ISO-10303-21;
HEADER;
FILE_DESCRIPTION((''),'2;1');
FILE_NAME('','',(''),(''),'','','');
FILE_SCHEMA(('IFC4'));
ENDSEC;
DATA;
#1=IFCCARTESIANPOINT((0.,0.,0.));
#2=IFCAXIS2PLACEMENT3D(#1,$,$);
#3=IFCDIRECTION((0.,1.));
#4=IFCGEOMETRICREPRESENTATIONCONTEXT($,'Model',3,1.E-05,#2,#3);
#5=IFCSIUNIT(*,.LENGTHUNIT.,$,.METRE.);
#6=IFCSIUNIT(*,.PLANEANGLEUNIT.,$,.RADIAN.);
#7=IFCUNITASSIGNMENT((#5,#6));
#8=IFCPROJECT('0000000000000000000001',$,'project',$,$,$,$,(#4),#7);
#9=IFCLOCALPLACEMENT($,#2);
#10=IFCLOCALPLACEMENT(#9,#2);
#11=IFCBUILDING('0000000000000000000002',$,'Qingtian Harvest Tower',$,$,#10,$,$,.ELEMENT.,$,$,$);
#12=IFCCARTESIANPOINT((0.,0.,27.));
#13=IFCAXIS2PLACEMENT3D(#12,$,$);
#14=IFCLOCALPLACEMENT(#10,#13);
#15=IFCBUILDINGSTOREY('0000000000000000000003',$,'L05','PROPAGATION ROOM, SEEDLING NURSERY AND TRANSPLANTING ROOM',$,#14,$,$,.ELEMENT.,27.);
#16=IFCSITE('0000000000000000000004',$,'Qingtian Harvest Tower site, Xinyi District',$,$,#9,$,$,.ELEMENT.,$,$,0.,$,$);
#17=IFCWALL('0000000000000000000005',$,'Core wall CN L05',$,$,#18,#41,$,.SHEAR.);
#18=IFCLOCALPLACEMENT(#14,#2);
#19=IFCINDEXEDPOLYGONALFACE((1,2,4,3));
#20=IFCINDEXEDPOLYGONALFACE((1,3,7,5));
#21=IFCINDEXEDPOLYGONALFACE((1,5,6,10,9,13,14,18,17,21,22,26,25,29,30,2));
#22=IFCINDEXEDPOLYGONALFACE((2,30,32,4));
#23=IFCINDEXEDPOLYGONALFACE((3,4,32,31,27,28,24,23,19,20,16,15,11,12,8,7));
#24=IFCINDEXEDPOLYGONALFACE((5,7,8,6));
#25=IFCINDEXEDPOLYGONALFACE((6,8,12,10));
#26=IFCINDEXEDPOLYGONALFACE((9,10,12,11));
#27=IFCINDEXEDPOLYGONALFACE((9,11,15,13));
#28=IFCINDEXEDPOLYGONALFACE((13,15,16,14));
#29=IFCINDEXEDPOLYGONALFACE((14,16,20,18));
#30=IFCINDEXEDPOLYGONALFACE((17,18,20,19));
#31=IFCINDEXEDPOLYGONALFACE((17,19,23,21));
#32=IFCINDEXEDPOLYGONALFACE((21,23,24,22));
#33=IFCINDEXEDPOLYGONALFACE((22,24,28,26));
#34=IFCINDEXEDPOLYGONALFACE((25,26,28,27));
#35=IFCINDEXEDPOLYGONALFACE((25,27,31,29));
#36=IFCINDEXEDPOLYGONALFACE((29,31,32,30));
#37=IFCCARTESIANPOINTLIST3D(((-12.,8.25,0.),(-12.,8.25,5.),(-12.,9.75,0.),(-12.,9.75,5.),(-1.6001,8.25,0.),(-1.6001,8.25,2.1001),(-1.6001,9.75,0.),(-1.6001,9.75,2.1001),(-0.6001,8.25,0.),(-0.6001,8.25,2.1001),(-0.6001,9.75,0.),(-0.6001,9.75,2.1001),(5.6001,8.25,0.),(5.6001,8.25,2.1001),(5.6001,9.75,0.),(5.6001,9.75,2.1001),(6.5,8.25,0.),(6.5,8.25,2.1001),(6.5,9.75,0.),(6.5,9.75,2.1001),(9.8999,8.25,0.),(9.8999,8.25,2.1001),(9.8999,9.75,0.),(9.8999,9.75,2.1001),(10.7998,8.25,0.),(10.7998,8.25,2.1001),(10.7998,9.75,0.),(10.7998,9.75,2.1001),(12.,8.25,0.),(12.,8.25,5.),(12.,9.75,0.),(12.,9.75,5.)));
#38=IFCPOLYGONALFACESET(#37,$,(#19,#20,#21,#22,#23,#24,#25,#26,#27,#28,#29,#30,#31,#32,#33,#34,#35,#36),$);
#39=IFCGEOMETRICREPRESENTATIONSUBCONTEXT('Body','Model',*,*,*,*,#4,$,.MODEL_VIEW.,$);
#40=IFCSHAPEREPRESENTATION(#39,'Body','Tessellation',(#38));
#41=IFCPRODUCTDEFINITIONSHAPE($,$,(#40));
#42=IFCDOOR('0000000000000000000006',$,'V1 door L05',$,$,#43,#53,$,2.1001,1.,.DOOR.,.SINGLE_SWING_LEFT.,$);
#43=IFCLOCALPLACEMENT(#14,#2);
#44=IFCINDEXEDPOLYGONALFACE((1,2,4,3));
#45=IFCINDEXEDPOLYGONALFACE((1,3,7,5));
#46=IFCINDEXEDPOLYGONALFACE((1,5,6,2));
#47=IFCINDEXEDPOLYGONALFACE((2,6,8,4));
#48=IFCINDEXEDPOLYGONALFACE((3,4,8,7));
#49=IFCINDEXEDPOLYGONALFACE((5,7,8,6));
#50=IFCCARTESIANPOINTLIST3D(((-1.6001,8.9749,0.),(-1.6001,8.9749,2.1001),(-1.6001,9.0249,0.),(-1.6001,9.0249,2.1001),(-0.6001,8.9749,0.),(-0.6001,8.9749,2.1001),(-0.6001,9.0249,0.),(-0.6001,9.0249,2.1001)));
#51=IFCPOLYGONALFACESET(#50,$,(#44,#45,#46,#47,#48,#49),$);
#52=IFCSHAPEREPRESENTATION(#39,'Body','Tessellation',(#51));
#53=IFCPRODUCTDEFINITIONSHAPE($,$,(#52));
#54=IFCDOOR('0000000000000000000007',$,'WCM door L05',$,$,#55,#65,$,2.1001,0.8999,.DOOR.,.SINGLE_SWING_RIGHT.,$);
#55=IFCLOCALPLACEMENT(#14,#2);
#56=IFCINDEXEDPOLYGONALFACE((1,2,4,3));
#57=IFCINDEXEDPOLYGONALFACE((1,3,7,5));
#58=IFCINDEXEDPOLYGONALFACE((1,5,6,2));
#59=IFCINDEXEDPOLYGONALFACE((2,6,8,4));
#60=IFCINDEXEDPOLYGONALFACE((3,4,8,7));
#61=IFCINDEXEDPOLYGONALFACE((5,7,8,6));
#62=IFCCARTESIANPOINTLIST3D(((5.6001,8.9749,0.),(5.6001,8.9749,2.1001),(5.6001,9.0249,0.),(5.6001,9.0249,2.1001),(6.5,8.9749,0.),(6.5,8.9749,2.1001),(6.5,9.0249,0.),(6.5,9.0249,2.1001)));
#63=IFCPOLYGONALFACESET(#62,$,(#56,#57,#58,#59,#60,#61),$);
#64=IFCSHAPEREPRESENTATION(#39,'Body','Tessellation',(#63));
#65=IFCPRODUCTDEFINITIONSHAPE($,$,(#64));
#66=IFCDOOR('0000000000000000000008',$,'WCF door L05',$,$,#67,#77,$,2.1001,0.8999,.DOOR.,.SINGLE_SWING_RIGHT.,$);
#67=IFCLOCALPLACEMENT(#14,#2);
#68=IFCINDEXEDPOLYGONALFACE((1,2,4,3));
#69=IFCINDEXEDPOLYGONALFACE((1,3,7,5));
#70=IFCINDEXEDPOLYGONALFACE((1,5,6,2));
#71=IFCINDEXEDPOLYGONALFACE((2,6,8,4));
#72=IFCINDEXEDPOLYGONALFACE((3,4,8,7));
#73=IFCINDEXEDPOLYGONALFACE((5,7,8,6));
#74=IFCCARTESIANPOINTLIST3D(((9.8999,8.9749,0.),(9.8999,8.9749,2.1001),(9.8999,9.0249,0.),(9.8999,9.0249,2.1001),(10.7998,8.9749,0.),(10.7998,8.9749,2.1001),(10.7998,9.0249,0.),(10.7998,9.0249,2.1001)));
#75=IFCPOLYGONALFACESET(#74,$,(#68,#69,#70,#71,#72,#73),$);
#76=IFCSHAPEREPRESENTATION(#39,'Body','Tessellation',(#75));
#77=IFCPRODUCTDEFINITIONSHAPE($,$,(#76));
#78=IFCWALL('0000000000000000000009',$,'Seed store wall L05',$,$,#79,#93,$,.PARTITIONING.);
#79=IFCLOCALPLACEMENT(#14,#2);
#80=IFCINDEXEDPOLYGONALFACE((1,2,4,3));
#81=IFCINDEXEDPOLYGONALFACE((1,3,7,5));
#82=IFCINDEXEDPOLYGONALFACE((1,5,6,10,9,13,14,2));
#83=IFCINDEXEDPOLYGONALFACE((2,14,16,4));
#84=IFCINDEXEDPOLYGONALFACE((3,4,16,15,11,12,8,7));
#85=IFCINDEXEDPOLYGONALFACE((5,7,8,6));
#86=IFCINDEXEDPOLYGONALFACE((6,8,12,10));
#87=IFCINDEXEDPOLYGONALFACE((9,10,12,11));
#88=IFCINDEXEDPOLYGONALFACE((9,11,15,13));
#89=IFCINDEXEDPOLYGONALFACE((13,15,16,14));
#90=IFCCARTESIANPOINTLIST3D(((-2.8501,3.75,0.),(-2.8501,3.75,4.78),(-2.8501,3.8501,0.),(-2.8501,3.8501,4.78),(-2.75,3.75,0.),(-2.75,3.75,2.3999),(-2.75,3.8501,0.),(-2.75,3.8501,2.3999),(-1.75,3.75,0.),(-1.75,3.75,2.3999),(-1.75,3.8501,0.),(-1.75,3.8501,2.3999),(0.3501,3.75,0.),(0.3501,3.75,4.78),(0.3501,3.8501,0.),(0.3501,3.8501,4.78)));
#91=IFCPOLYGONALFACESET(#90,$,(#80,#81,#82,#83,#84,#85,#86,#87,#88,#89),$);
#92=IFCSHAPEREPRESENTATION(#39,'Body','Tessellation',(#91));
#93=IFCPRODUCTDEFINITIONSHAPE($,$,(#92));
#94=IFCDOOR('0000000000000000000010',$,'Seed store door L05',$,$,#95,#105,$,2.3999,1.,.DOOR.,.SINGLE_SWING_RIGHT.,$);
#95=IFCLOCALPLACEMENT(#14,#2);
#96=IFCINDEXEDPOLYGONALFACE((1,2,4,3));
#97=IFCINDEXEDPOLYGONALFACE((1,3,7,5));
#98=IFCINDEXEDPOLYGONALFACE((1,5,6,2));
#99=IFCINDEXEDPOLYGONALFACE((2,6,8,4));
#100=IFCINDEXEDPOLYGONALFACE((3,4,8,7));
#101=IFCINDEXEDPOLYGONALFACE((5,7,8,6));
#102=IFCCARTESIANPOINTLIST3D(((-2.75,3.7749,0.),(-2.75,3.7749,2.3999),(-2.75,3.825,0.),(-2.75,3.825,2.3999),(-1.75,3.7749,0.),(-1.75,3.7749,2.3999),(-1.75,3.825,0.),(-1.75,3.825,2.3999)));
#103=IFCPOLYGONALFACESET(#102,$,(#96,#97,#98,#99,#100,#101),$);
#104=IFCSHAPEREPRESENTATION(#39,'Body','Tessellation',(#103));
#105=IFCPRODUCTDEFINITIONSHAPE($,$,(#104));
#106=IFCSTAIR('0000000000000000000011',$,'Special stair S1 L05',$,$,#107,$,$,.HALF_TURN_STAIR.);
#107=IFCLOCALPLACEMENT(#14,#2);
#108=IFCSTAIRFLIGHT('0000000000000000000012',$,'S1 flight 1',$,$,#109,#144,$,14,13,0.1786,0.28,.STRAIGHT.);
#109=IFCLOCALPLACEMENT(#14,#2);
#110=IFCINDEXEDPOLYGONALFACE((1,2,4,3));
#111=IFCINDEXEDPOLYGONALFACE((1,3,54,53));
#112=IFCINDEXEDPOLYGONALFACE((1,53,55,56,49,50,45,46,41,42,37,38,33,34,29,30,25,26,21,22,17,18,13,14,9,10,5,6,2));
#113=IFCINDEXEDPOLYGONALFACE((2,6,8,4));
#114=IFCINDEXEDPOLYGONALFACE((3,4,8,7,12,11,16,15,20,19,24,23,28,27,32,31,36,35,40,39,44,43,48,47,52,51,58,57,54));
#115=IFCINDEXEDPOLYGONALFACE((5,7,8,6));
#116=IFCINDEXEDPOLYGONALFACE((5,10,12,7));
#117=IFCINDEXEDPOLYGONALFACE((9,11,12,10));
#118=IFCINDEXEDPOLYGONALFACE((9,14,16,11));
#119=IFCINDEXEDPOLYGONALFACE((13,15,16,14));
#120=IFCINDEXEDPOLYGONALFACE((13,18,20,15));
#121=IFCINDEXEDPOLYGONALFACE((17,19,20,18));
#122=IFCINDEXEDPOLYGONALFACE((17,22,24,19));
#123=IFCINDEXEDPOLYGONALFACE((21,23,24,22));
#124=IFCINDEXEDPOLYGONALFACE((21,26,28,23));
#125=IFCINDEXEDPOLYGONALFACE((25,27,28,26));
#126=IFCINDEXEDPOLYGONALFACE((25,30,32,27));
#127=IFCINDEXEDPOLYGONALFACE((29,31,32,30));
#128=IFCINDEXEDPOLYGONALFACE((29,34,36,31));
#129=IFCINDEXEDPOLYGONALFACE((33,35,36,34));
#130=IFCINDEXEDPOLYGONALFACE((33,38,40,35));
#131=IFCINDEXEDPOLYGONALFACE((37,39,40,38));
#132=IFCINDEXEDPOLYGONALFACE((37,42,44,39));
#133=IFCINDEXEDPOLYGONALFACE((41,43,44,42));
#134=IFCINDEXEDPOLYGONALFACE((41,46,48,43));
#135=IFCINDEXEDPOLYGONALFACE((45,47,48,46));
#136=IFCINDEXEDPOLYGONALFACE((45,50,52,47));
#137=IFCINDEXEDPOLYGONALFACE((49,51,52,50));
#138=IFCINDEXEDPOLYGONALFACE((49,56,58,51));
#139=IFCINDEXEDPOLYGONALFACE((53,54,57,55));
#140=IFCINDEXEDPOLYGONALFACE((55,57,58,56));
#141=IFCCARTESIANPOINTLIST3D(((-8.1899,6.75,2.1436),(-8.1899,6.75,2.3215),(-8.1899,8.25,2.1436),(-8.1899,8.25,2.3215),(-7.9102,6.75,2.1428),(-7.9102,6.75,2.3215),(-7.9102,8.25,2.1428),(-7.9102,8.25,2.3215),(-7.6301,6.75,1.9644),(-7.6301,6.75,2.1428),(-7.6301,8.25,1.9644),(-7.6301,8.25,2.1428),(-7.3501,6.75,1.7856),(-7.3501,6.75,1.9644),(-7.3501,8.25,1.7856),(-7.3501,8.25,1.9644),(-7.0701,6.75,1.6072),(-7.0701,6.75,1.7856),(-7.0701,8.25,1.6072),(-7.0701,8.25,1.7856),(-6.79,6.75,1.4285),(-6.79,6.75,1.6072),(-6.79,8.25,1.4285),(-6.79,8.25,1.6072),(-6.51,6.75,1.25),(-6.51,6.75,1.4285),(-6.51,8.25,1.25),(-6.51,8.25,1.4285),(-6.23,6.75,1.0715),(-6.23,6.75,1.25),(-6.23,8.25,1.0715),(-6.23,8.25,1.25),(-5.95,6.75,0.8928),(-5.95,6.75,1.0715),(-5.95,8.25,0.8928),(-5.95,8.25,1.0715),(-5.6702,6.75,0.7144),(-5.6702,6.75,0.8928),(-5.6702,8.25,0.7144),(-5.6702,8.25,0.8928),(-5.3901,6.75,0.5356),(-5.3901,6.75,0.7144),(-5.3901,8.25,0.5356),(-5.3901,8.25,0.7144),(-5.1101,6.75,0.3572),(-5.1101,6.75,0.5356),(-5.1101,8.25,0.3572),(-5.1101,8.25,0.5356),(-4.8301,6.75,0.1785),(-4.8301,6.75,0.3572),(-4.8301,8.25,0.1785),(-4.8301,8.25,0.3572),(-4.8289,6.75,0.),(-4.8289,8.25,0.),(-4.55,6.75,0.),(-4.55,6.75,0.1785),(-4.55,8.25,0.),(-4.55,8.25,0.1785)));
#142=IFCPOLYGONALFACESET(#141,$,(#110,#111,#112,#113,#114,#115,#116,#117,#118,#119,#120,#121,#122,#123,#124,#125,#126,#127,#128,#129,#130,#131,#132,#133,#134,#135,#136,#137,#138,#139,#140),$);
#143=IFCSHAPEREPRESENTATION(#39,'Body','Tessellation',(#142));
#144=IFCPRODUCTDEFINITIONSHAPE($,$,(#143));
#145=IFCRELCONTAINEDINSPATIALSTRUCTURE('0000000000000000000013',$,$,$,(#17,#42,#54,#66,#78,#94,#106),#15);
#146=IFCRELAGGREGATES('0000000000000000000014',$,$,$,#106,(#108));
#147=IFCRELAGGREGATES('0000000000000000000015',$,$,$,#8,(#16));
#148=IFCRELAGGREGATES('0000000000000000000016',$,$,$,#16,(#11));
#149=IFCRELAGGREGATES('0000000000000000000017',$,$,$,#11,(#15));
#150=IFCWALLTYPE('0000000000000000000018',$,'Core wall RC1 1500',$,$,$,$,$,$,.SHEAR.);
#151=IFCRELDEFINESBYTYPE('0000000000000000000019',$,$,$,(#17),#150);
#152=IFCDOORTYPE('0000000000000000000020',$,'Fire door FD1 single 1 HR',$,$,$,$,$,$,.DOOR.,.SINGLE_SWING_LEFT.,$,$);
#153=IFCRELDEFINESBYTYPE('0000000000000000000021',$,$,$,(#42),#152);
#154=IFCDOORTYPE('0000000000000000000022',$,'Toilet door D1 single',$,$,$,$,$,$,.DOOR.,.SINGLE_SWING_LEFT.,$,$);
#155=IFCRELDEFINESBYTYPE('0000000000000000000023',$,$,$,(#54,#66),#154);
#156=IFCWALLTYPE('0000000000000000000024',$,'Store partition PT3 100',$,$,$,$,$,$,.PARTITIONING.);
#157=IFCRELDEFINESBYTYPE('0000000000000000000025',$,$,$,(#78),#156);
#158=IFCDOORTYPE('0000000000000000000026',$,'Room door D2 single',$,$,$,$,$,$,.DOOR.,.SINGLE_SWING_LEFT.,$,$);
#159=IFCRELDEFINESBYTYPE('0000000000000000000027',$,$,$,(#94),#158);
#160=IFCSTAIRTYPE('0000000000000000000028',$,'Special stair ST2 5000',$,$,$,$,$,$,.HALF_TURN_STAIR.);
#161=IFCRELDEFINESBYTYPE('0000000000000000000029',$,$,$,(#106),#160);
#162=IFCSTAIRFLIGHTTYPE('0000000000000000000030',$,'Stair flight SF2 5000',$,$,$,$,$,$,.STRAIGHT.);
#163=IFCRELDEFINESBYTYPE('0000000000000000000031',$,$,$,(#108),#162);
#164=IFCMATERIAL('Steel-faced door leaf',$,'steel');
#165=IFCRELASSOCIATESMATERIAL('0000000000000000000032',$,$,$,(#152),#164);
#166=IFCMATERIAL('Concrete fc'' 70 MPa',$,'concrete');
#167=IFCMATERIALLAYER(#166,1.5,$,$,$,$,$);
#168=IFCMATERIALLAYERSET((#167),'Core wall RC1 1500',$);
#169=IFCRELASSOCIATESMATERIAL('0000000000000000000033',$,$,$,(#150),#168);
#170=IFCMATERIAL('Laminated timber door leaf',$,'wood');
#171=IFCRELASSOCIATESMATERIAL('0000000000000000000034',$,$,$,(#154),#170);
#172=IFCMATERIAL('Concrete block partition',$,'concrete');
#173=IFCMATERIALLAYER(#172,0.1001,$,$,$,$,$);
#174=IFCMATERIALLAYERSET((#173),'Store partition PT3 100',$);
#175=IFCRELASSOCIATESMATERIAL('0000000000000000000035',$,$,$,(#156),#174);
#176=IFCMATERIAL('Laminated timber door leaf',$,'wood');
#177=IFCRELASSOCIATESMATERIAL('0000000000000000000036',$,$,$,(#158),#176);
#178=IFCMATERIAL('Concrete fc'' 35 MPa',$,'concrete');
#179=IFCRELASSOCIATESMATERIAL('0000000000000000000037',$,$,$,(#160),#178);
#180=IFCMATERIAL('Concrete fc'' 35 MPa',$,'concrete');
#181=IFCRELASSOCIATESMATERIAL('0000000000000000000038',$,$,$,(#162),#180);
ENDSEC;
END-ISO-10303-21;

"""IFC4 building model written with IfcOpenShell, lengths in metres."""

from ifc_helpers import new_model, si_unit, direction, frame, frame_2d, origin, place, context, subcontext, project, spatial, polyline, rectangle, outline, extrude, material, layer, layer_set, type_object, element, fill, aggregate, save


model = new_model("IFC4")

# Units and contexts
model_context = context("Model", 3, precision=1e-05, world=origin(), true_north=direction((0.0, 1.0)))
body_context = subcontext(model_context, "Body", "Model", "MODEL_VIEW")
ifc_project = project(units=[si_unit("LENGTHUNIT", "METRE"), si_unit("PLANEANGLEUNIT", "RADIAN")], contexts=[model_context])

# Site, building, storey
site_placement = place(None, origin())
site = spatial("IfcSite", under=ifc_project, at=site_placement, Name="Qingtian Harvest Tower site, Xinyi District", CompositionType="ELEMENT", RefElevation=0.0)
building_placement = place(site_placement, origin())
building = spatial("IfcBuilding", under=site, at=building_placement, Name="Qingtian Harvest Tower", CompositionType="ELEMENT")
storey_placement = place(building_placement, frame((0.0, 0.0, 27.0)))
storey = spatial("IfcBuildingStorey", under=building, at=storey_placement, Name="L05", Description="PROPAGATION ROOM, SEEDLING NURSERY AND TRANSPLANTING ROOM", CompositionType="ELEMENT", Elevation=27.0)

# Shared definitions
ifc_material_1 = material(Name="Steel-faced door leaf", Category="steel")
door_type_1 = type_object("IfcDoorType", Name="Fire door FD1 single 1 HR", OperationType="SINGLE_SWING_LEFT", PredefinedType="DOOR", material=ifc_material_1)

# Wall, openings, doors
ifc_material_2 = material(Name="Concrete fc' 70 MPa", Category="concrete")
ifc_layer_1 = layer(ifc_material_2, 1.5)
ifc_layer_set_1 = layer_set([ifc_layer_1], Name="Core wall RC1 1500")
wall_type_1 = type_object("IfcWallType", Name="Core wall RC1 1500", PredefinedType="SHEAR", material=ifc_layer_set_1)
wall_1_placement = place(storey_placement, frame((-12.0, 9.0, 0.0), z_axis=(0.0, 0.0, 1.0), x_axis=(1.0, 0.0, 0.0)))
wall_1 = element("IfcWall", 1, at=wall_1_placement, inside=storey, type_object=wall_type_1, Name="Core wall CN L05", PredefinedType="SHEAR", context=body_context, shape_type="SweptSolid", body=[
    extrude(rectangle(XDim=24.0, YDim=1.5, at=frame_2d((12.0, 0.0))), origin(), (0.0, 0.0, 1.0), 5.0),
])
opening_1_placement = place(wall_1_placement, frame((10.3999, 0.0, 0.0)))
opening_1 = element("IfcOpeningElement", 2, at=opening_1_placement, cuts=wall_1, PredefinedType="OPENING", context=body_context, shape_type="SweptSolid", body=[
    extrude(rectangle(XDim=1.0, YDim=2.1001, at=frame_2d((0.5, 1.05))), frame((0.0, 0.76, 0.0), z_axis=(0.0, -1.0, 0.0), x_axis=(1.0, 0.0, 0.0)), (0.0, 0.0, 1.0), 1.52),
])
opening_2_placement = place(wall_1_placement, frame((17.6001, 0.0, 0.0)))
opening_2 = element("IfcOpeningElement", 3, at=opening_2_placement, cuts=wall_1, PredefinedType="OPENING", context=body_context, shape_type="SweptSolid", body=[
    extrude(rectangle(XDim=0.8999, YDim=2.1001, at=frame_2d((0.45, 1.05))), frame((0.0, 0.76, 0.0), z_axis=(0.0, -1.0, 0.0), x_axis=(1.0, 0.0, 0.0)), (0.0, 0.0, 1.0), 1.52),
])
opening_3_placement = place(wall_1_placement, frame((21.8999, 0.0, 0.0)))
opening_3 = element("IfcOpeningElement", 4, at=opening_3_placement, cuts=wall_1, PredefinedType="OPENING", context=body_context, shape_type="SweptSolid", body=[
    extrude(rectangle(XDim=0.8999, YDim=2.1001, at=frame_2d((0.45, 1.05))), frame((0.0, 0.76, 0.0), z_axis=(0.0, -1.0, 0.0), x_axis=(1.0, 0.0, 0.0)), (0.0, 0.0, 1.0), 1.52),
])
door_1_placement = place(opening_1_placement, origin())
door_1 = element("IfcDoor", 5, at=door_1_placement, inside=storey, type_object=door_type_1, Name="V1 door L05", OperationType="SINGLE_SWING_LEFT", OverallHeight=2.1001, OverallWidth=1.0, PredefinedType="DOOR", context=body_context, shape_type="SweptSolid", body=[
    extrude(rectangle(XDim=1.0, YDim=2.1001, at=frame_2d((0.5, 1.05))), frame((0.0, 0.0249, 0.0), z_axis=(0.0, -1.0, 0.0), x_axis=(1.0, 0.0, 0.0)), (0.0, 0.0, 1.0), 0.05),
])
fill(opening_1, door_1)
ifc_material_3 = material(Name="Laminated timber door leaf", Category="wood")
door_type_2 = type_object("IfcDoorType", Name="Toilet door D1 single", OperationType="SINGLE_SWING_LEFT", PredefinedType="DOOR", material=ifc_material_3)
door_2_placement = place(opening_2_placement, origin())
door_2 = element("IfcDoor", 6, at=door_2_placement, inside=storey, type_object=door_type_2, Name="WCM door L05", OperationType="SINGLE_SWING_RIGHT", OverallHeight=2.1001, OverallWidth=0.8999, PredefinedType="DOOR", context=body_context, shape_type="SweptSolid", body=[
    extrude(rectangle(XDim=0.8999, YDim=2.1001, at=frame_2d((0.45, 1.05))), frame((0.0, 0.0249, 0.0), z_axis=(0.0, -1.0, 0.0), x_axis=(1.0, 0.0, 0.0)), (0.0, 0.0, 1.0), 0.05),
])
fill(opening_2, door_2)
door_3_placement = place(opening_3_placement, origin())
door_3 = element("IfcDoor", 7, at=door_3_placement, inside=storey, type_object=door_type_2, Name="WCF door L05", OperationType="SINGLE_SWING_RIGHT", OverallHeight=2.1001, OverallWidth=0.8999, PredefinedType="DOOR", context=body_context, shape_type="SweptSolid", body=[
    extrude(rectangle(XDim=0.8999, YDim=2.1001, at=frame_2d((0.45, 1.05))), frame((0.0, 0.0249, 0.0), z_axis=(0.0, -1.0, 0.0), x_axis=(1.0, 0.0, 0.0)), (0.0, 0.0, 1.0), 0.05),
])
fill(opening_3, door_3)

# Wall, opening, door
ifc_material_4 = material(Name="Concrete block partition", Category="concrete")
ifc_layer_2 = layer(ifc_material_4, 0.1001)
ifc_layer_set_2 = layer_set([ifc_layer_2], Name="Store partition PT3 100")
wall_type_2 = type_object("IfcWallType", Name="Store partition PT3 100", PredefinedType="PARTITIONING", material=ifc_layer_set_2)
wall_2_placement = place(storey_placement, frame((-2.8501, 3.8, 0.0), z_axis=(0.0, 0.0, 1.0), x_axis=(1.0, 0.0, 0.0)))
wall_2 = element("IfcWall", 8, at=wall_2_placement, inside=storey, type_object=wall_type_2, Name="Seed store wall L05", PredefinedType="PARTITIONING", context=body_context, shape_type="SweptSolid", body=[
    extrude(rectangle(XDim=3.2002, YDim=0.1001, at=frame_2d((1.6001, 0.0))), origin(), (0.0, 0.0, 1.0), 4.78),
])
opening_4_placement = place(wall_2_placement, frame((0.1001, 0.0, 0.0)))
opening_4 = element("IfcOpeningElement", 9, at=opening_4_placement, cuts=wall_2, PredefinedType="OPENING", context=body_context, shape_type="SweptSolid", body=[
    extrude(rectangle(XDim=1.0, YDim=2.3999, at=frame_2d((0.5, 1.2))), frame((0.0, 0.0601, 0.0), z_axis=(0.0, -1.0, 0.0), x_axis=(1.0, 0.0, 0.0)), (0.0, 0.0, 1.0), 0.1201),
])
ifc_material_5 = material(Name="Laminated timber door leaf", Category="wood")
door_type_3 = type_object("IfcDoorType", Name="Room door D2 single", OperationType="SINGLE_SWING_LEFT", PredefinedType="DOOR", material=ifc_material_5)
door_4_placement = place(opening_4_placement, origin())
door_4 = element("IfcDoor", 10, at=door_4_placement, inside=storey, type_object=door_type_3, Name="Seed store door L05", OperationType="SINGLE_SWING_RIGHT", OverallHeight=2.3999, OverallWidth=1.0, PredefinedType="DOOR", context=body_context, shape_type="SweptSolid", body=[
    extrude(rectangle(XDim=1.0, YDim=2.3999, at=frame_2d((0.5, 1.2))), frame((0.0, 0.0249, 0.0), z_axis=(0.0, -1.0, 0.0), x_axis=(1.0, 0.0, 0.0)), (0.0, 0.0, 1.0), 0.05),
])
fill(opening_4, door_4)

# Stair, stair flight
ifc_material_6 = material(Name="Concrete fc' 35 MPa", Category="concrete")
stair_type = type_object("IfcStairType", Name="Special stair ST2 5000", PredefinedType="HALF_TURN_STAIR", material=ifc_material_6)
stair_placement = place(storey_placement, origin())
stair = element("IfcStair", 11, at=stair_placement, inside=storey, type_object=stair_type, Name="Special stair S1 L05", PredefinedType="HALF_TURN_STAIR")
ifc_material_7 = material(Name="Concrete fc' 35 MPa", Category="concrete")
stair_flight_type = type_object("IfcStairFlightType", Name="Stair flight SF2 5000", PredefinedType="STRAIGHT", material=ifc_material_7)
stair_flight_1_placement = place(storey_placement, frame((-4.55, 7.5, 0.0), z_axis=(0.0, 0.0, 1.0), x_axis=(-1.0, 0.0, 0.0)))
stair_flight_1 = element("IfcStairFlight", 12, at=stair_flight_1_placement, type_object=stair_flight_type, Name="S1 flight 1", NumberOfRisers=14, NumberOfTreads=13, PredefinedType="STRAIGHT", RiserHeight=0.1786, TreadLength=0.28, context=body_context, shape_type="SweptSolid", body=[
    extrude(outline(polyline([(0.0, 0.0), (0.0, 0.1785), (0.28, 0.1785), (0.28, 0.3572), (0.5601, 0.3572), (0.5601, 0.5356), (0.8401, 0.5356), (0.8401, 0.7144), (1.1201, 0.7144), (1.1201, 0.8928), (1.3999, 0.8928), (1.3999, 1.0715), (1.6799, 1.0715), (1.6799, 1.25), (1.96, 1.25), (1.96, 1.4285), (2.24, 1.4285), (2.24, 1.6072), (2.52, 1.6072), (2.52, 1.7856), (2.8, 1.7856), (2.8, 1.9644), (3.0801, 1.9644), (3.0801, 2.1428), (3.3601, 2.1428), (3.3601, 2.3215), (3.6399, 2.3215), (3.6399, 2.5), (3.6399, 2.1436), (0.2788, 0.0), (0.0, 0.0)])), frame((0.0, 0.75, 0.0), z_axis=(0.0, -1.0, 0.0), x_axis=(1.0, 0.0, 0.0)), (0.0, 0.0, 1.0), 1.5),
])
aggregate(stair, [stair_flight_1])

save(model, "model.ifc")
